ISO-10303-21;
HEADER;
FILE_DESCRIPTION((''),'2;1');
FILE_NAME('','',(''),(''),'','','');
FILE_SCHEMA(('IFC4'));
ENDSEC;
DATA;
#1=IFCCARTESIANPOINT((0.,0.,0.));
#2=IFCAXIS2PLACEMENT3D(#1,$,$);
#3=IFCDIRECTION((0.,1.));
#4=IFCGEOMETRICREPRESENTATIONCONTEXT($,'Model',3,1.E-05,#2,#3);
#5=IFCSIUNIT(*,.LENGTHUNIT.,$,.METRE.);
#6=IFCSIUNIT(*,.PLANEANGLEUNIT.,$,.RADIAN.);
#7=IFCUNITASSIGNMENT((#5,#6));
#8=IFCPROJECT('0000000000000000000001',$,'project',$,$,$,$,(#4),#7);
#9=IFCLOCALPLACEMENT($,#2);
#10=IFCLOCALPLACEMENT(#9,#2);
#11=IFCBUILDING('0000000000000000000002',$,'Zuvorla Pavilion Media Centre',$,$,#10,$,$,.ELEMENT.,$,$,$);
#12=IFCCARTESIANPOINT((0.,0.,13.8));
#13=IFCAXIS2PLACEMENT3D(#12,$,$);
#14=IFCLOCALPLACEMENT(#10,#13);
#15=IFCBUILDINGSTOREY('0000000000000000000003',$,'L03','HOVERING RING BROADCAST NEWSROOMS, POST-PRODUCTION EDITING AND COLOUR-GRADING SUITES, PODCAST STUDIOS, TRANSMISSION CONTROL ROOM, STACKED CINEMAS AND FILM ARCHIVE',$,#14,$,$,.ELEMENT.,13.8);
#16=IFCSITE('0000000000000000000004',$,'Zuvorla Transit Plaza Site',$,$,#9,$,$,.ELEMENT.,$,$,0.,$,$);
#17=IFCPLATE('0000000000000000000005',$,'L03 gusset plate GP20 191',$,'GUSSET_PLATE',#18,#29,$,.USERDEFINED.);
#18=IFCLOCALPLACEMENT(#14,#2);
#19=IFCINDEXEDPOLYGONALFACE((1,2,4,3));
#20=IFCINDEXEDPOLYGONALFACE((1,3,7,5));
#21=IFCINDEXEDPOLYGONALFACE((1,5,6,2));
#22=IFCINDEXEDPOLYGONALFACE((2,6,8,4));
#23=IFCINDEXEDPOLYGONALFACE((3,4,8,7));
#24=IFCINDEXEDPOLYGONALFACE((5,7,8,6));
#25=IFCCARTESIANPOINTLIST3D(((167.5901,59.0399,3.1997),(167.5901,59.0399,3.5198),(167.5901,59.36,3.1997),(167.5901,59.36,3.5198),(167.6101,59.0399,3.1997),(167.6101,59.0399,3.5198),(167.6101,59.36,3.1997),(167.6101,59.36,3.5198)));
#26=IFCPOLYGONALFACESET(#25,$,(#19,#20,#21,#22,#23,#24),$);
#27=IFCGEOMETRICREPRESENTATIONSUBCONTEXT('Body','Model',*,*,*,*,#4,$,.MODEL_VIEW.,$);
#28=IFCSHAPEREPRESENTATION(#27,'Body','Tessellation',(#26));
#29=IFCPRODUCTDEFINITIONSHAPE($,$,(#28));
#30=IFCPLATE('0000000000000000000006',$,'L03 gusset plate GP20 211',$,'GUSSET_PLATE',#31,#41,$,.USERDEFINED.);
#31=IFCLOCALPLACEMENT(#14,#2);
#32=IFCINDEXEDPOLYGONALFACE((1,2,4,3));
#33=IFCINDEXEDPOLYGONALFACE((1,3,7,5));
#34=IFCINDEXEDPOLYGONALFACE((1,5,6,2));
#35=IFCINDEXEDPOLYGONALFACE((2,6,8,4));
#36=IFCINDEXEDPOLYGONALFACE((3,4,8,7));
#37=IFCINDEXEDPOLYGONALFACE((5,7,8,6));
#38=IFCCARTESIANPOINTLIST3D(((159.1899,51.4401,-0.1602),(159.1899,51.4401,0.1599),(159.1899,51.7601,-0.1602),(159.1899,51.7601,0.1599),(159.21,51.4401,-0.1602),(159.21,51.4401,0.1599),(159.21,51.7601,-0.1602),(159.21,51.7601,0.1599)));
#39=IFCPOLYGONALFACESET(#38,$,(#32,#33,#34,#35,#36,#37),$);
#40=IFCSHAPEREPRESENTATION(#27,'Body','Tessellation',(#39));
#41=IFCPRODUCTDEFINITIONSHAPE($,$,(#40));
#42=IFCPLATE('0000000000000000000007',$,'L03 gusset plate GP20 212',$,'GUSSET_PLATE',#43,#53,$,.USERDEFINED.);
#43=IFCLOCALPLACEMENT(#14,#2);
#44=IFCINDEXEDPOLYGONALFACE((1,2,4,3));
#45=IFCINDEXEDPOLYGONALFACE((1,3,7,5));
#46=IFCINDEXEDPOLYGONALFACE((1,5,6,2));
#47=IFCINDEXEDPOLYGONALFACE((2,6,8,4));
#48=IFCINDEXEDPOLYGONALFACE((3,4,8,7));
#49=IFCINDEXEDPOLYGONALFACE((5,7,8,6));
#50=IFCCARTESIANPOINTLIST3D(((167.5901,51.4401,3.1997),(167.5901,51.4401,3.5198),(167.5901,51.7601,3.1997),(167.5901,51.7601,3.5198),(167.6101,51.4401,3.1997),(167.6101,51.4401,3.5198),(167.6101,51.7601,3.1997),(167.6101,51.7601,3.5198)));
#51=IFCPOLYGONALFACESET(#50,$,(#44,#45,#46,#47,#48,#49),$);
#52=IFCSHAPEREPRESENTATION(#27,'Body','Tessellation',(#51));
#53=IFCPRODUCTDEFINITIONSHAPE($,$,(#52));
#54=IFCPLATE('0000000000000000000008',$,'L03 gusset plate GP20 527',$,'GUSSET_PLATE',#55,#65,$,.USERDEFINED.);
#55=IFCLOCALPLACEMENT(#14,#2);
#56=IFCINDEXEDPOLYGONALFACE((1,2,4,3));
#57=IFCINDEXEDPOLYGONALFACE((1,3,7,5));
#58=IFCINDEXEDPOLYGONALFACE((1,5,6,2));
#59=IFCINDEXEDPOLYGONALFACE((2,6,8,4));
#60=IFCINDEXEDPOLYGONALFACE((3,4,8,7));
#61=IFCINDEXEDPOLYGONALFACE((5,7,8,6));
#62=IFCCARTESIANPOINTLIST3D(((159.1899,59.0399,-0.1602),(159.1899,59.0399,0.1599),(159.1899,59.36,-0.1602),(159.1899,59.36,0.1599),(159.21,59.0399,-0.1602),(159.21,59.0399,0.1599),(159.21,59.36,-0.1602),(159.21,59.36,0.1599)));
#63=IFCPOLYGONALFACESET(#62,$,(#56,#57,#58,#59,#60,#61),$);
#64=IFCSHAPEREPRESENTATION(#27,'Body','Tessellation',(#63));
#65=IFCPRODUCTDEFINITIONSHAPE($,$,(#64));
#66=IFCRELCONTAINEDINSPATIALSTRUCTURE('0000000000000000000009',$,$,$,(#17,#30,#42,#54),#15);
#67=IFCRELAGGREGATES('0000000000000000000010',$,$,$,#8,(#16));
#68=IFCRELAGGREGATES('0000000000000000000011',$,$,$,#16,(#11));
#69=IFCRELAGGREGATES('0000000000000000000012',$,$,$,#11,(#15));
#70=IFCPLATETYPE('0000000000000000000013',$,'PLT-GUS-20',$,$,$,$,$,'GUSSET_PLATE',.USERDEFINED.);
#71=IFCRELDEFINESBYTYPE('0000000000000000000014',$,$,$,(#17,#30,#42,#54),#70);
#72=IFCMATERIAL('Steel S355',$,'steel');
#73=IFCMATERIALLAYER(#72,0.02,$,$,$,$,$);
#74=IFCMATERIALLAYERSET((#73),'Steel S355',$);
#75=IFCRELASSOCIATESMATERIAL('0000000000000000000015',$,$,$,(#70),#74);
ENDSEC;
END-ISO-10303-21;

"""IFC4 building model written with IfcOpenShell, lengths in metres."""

from ifc_helpers import new_model, si_unit, direction, frame, origin, origin_2d, place, context, subcontext, project, spatial, rectangle, extrude, material, layer, layer_set, type_object, element, save


model = new_model("IFC4")

# Units and contexts
model_context = context("Model", 3, precision=1e-05, world=origin(), true_north=direction((0.0, 1.0)))
body_context = subcontext(model_context, "Body", "Model", "MODEL_VIEW")
ifc_project = project(units=[si_unit("LENGTHUNIT", "METRE"), si_unit("PLANEANGLEUNIT", "RADIAN")], contexts=[model_context])

# Site, building, storey
site_placement = place(None, origin())
site = spatial("IfcSite", under=ifc_project, at=site_placement, Name="Zuvorla Transit Plaza Site", CompositionType="ELEMENT", RefElevation=0.0)
building_placement = place(site_placement, origin())
building = spatial("IfcBuilding", under=site, at=building_placement, Name="Zuvorla Pavilion Media Centre", CompositionType="ELEMENT")
storey_placement = place(building_placement, frame((0.0, 0.0, 13.8)))
storey = spatial("IfcBuildingStorey", under=building, at=storey_placement, Name="L03", Description="HOVERING RING BROADCAST NEWSROOMS, POST-PRODUCTION EDITING AND COLOUR-GRADING SUITES, PODCAST STUDIOS, TRANSMISSION CONTROL ROOM, STACKED CINEMAS AND FILM ARCHIVE", CompositionType="ELEMENT", Elevation=13.8)

# Shared definitions
ifc_material_1 = material(Name="Steel S355", Category="steel")

# Plates
ifc_layer_1 = layer(ifc_material_1, 0.02)
ifc_layer_set_1 = layer_set([ifc_layer_1], Name="Steel S355")
plate_type_1 = type_object("IfcPlateType", Name="PLT-GUS-20", ElementType="GUSSET_PLATE", PredefinedType="USERDEFINED", material=ifc_layer_set_1)
for number, where, z_axis, x_axis, name in (
    (1, (167.6001, 59.2, 3.1997), (0.0, 0.0, 1.0), (1.0, 0.0, 0.0), "L03 gusset plate GP20 191"),
    (2, (159.2, 51.6001, -0.1602), (0.0, 0.0, 1.0), (1.0, 0.0, 0.0), "L03 gusset plate GP20 211"),
    (3, (167.6001, 51.6001, 3.1997), (0.0, 0.0, 1.0), (1.0, 0.0, 0.0), "L03 gusset plate GP20 212"),
    (4, (159.2, 59.2, -0.1602), (0.0, 0.0, 1.0), (1.0, 0.0, 0.0), "L03 gusset plate GP20 527"),
):
    element("IfcPlate", number, at=place(storey_placement, frame(where, z_axis=z_axis, x_axis=x_axis)), inside=storey, type_object=plate_type_1, Name=name, ObjectType="GUSSET_PLATE", PredefinedType="USERDEFINED", context=body_context, shape_type="SweptSolid", body=[
        extrude(rectangle(XDim=0.02, YDim=0.3201, at=origin_2d()), origin(), (0.0, 0.0, 1.0), 0.3201),
    ])

save(model, "model.ifc")
